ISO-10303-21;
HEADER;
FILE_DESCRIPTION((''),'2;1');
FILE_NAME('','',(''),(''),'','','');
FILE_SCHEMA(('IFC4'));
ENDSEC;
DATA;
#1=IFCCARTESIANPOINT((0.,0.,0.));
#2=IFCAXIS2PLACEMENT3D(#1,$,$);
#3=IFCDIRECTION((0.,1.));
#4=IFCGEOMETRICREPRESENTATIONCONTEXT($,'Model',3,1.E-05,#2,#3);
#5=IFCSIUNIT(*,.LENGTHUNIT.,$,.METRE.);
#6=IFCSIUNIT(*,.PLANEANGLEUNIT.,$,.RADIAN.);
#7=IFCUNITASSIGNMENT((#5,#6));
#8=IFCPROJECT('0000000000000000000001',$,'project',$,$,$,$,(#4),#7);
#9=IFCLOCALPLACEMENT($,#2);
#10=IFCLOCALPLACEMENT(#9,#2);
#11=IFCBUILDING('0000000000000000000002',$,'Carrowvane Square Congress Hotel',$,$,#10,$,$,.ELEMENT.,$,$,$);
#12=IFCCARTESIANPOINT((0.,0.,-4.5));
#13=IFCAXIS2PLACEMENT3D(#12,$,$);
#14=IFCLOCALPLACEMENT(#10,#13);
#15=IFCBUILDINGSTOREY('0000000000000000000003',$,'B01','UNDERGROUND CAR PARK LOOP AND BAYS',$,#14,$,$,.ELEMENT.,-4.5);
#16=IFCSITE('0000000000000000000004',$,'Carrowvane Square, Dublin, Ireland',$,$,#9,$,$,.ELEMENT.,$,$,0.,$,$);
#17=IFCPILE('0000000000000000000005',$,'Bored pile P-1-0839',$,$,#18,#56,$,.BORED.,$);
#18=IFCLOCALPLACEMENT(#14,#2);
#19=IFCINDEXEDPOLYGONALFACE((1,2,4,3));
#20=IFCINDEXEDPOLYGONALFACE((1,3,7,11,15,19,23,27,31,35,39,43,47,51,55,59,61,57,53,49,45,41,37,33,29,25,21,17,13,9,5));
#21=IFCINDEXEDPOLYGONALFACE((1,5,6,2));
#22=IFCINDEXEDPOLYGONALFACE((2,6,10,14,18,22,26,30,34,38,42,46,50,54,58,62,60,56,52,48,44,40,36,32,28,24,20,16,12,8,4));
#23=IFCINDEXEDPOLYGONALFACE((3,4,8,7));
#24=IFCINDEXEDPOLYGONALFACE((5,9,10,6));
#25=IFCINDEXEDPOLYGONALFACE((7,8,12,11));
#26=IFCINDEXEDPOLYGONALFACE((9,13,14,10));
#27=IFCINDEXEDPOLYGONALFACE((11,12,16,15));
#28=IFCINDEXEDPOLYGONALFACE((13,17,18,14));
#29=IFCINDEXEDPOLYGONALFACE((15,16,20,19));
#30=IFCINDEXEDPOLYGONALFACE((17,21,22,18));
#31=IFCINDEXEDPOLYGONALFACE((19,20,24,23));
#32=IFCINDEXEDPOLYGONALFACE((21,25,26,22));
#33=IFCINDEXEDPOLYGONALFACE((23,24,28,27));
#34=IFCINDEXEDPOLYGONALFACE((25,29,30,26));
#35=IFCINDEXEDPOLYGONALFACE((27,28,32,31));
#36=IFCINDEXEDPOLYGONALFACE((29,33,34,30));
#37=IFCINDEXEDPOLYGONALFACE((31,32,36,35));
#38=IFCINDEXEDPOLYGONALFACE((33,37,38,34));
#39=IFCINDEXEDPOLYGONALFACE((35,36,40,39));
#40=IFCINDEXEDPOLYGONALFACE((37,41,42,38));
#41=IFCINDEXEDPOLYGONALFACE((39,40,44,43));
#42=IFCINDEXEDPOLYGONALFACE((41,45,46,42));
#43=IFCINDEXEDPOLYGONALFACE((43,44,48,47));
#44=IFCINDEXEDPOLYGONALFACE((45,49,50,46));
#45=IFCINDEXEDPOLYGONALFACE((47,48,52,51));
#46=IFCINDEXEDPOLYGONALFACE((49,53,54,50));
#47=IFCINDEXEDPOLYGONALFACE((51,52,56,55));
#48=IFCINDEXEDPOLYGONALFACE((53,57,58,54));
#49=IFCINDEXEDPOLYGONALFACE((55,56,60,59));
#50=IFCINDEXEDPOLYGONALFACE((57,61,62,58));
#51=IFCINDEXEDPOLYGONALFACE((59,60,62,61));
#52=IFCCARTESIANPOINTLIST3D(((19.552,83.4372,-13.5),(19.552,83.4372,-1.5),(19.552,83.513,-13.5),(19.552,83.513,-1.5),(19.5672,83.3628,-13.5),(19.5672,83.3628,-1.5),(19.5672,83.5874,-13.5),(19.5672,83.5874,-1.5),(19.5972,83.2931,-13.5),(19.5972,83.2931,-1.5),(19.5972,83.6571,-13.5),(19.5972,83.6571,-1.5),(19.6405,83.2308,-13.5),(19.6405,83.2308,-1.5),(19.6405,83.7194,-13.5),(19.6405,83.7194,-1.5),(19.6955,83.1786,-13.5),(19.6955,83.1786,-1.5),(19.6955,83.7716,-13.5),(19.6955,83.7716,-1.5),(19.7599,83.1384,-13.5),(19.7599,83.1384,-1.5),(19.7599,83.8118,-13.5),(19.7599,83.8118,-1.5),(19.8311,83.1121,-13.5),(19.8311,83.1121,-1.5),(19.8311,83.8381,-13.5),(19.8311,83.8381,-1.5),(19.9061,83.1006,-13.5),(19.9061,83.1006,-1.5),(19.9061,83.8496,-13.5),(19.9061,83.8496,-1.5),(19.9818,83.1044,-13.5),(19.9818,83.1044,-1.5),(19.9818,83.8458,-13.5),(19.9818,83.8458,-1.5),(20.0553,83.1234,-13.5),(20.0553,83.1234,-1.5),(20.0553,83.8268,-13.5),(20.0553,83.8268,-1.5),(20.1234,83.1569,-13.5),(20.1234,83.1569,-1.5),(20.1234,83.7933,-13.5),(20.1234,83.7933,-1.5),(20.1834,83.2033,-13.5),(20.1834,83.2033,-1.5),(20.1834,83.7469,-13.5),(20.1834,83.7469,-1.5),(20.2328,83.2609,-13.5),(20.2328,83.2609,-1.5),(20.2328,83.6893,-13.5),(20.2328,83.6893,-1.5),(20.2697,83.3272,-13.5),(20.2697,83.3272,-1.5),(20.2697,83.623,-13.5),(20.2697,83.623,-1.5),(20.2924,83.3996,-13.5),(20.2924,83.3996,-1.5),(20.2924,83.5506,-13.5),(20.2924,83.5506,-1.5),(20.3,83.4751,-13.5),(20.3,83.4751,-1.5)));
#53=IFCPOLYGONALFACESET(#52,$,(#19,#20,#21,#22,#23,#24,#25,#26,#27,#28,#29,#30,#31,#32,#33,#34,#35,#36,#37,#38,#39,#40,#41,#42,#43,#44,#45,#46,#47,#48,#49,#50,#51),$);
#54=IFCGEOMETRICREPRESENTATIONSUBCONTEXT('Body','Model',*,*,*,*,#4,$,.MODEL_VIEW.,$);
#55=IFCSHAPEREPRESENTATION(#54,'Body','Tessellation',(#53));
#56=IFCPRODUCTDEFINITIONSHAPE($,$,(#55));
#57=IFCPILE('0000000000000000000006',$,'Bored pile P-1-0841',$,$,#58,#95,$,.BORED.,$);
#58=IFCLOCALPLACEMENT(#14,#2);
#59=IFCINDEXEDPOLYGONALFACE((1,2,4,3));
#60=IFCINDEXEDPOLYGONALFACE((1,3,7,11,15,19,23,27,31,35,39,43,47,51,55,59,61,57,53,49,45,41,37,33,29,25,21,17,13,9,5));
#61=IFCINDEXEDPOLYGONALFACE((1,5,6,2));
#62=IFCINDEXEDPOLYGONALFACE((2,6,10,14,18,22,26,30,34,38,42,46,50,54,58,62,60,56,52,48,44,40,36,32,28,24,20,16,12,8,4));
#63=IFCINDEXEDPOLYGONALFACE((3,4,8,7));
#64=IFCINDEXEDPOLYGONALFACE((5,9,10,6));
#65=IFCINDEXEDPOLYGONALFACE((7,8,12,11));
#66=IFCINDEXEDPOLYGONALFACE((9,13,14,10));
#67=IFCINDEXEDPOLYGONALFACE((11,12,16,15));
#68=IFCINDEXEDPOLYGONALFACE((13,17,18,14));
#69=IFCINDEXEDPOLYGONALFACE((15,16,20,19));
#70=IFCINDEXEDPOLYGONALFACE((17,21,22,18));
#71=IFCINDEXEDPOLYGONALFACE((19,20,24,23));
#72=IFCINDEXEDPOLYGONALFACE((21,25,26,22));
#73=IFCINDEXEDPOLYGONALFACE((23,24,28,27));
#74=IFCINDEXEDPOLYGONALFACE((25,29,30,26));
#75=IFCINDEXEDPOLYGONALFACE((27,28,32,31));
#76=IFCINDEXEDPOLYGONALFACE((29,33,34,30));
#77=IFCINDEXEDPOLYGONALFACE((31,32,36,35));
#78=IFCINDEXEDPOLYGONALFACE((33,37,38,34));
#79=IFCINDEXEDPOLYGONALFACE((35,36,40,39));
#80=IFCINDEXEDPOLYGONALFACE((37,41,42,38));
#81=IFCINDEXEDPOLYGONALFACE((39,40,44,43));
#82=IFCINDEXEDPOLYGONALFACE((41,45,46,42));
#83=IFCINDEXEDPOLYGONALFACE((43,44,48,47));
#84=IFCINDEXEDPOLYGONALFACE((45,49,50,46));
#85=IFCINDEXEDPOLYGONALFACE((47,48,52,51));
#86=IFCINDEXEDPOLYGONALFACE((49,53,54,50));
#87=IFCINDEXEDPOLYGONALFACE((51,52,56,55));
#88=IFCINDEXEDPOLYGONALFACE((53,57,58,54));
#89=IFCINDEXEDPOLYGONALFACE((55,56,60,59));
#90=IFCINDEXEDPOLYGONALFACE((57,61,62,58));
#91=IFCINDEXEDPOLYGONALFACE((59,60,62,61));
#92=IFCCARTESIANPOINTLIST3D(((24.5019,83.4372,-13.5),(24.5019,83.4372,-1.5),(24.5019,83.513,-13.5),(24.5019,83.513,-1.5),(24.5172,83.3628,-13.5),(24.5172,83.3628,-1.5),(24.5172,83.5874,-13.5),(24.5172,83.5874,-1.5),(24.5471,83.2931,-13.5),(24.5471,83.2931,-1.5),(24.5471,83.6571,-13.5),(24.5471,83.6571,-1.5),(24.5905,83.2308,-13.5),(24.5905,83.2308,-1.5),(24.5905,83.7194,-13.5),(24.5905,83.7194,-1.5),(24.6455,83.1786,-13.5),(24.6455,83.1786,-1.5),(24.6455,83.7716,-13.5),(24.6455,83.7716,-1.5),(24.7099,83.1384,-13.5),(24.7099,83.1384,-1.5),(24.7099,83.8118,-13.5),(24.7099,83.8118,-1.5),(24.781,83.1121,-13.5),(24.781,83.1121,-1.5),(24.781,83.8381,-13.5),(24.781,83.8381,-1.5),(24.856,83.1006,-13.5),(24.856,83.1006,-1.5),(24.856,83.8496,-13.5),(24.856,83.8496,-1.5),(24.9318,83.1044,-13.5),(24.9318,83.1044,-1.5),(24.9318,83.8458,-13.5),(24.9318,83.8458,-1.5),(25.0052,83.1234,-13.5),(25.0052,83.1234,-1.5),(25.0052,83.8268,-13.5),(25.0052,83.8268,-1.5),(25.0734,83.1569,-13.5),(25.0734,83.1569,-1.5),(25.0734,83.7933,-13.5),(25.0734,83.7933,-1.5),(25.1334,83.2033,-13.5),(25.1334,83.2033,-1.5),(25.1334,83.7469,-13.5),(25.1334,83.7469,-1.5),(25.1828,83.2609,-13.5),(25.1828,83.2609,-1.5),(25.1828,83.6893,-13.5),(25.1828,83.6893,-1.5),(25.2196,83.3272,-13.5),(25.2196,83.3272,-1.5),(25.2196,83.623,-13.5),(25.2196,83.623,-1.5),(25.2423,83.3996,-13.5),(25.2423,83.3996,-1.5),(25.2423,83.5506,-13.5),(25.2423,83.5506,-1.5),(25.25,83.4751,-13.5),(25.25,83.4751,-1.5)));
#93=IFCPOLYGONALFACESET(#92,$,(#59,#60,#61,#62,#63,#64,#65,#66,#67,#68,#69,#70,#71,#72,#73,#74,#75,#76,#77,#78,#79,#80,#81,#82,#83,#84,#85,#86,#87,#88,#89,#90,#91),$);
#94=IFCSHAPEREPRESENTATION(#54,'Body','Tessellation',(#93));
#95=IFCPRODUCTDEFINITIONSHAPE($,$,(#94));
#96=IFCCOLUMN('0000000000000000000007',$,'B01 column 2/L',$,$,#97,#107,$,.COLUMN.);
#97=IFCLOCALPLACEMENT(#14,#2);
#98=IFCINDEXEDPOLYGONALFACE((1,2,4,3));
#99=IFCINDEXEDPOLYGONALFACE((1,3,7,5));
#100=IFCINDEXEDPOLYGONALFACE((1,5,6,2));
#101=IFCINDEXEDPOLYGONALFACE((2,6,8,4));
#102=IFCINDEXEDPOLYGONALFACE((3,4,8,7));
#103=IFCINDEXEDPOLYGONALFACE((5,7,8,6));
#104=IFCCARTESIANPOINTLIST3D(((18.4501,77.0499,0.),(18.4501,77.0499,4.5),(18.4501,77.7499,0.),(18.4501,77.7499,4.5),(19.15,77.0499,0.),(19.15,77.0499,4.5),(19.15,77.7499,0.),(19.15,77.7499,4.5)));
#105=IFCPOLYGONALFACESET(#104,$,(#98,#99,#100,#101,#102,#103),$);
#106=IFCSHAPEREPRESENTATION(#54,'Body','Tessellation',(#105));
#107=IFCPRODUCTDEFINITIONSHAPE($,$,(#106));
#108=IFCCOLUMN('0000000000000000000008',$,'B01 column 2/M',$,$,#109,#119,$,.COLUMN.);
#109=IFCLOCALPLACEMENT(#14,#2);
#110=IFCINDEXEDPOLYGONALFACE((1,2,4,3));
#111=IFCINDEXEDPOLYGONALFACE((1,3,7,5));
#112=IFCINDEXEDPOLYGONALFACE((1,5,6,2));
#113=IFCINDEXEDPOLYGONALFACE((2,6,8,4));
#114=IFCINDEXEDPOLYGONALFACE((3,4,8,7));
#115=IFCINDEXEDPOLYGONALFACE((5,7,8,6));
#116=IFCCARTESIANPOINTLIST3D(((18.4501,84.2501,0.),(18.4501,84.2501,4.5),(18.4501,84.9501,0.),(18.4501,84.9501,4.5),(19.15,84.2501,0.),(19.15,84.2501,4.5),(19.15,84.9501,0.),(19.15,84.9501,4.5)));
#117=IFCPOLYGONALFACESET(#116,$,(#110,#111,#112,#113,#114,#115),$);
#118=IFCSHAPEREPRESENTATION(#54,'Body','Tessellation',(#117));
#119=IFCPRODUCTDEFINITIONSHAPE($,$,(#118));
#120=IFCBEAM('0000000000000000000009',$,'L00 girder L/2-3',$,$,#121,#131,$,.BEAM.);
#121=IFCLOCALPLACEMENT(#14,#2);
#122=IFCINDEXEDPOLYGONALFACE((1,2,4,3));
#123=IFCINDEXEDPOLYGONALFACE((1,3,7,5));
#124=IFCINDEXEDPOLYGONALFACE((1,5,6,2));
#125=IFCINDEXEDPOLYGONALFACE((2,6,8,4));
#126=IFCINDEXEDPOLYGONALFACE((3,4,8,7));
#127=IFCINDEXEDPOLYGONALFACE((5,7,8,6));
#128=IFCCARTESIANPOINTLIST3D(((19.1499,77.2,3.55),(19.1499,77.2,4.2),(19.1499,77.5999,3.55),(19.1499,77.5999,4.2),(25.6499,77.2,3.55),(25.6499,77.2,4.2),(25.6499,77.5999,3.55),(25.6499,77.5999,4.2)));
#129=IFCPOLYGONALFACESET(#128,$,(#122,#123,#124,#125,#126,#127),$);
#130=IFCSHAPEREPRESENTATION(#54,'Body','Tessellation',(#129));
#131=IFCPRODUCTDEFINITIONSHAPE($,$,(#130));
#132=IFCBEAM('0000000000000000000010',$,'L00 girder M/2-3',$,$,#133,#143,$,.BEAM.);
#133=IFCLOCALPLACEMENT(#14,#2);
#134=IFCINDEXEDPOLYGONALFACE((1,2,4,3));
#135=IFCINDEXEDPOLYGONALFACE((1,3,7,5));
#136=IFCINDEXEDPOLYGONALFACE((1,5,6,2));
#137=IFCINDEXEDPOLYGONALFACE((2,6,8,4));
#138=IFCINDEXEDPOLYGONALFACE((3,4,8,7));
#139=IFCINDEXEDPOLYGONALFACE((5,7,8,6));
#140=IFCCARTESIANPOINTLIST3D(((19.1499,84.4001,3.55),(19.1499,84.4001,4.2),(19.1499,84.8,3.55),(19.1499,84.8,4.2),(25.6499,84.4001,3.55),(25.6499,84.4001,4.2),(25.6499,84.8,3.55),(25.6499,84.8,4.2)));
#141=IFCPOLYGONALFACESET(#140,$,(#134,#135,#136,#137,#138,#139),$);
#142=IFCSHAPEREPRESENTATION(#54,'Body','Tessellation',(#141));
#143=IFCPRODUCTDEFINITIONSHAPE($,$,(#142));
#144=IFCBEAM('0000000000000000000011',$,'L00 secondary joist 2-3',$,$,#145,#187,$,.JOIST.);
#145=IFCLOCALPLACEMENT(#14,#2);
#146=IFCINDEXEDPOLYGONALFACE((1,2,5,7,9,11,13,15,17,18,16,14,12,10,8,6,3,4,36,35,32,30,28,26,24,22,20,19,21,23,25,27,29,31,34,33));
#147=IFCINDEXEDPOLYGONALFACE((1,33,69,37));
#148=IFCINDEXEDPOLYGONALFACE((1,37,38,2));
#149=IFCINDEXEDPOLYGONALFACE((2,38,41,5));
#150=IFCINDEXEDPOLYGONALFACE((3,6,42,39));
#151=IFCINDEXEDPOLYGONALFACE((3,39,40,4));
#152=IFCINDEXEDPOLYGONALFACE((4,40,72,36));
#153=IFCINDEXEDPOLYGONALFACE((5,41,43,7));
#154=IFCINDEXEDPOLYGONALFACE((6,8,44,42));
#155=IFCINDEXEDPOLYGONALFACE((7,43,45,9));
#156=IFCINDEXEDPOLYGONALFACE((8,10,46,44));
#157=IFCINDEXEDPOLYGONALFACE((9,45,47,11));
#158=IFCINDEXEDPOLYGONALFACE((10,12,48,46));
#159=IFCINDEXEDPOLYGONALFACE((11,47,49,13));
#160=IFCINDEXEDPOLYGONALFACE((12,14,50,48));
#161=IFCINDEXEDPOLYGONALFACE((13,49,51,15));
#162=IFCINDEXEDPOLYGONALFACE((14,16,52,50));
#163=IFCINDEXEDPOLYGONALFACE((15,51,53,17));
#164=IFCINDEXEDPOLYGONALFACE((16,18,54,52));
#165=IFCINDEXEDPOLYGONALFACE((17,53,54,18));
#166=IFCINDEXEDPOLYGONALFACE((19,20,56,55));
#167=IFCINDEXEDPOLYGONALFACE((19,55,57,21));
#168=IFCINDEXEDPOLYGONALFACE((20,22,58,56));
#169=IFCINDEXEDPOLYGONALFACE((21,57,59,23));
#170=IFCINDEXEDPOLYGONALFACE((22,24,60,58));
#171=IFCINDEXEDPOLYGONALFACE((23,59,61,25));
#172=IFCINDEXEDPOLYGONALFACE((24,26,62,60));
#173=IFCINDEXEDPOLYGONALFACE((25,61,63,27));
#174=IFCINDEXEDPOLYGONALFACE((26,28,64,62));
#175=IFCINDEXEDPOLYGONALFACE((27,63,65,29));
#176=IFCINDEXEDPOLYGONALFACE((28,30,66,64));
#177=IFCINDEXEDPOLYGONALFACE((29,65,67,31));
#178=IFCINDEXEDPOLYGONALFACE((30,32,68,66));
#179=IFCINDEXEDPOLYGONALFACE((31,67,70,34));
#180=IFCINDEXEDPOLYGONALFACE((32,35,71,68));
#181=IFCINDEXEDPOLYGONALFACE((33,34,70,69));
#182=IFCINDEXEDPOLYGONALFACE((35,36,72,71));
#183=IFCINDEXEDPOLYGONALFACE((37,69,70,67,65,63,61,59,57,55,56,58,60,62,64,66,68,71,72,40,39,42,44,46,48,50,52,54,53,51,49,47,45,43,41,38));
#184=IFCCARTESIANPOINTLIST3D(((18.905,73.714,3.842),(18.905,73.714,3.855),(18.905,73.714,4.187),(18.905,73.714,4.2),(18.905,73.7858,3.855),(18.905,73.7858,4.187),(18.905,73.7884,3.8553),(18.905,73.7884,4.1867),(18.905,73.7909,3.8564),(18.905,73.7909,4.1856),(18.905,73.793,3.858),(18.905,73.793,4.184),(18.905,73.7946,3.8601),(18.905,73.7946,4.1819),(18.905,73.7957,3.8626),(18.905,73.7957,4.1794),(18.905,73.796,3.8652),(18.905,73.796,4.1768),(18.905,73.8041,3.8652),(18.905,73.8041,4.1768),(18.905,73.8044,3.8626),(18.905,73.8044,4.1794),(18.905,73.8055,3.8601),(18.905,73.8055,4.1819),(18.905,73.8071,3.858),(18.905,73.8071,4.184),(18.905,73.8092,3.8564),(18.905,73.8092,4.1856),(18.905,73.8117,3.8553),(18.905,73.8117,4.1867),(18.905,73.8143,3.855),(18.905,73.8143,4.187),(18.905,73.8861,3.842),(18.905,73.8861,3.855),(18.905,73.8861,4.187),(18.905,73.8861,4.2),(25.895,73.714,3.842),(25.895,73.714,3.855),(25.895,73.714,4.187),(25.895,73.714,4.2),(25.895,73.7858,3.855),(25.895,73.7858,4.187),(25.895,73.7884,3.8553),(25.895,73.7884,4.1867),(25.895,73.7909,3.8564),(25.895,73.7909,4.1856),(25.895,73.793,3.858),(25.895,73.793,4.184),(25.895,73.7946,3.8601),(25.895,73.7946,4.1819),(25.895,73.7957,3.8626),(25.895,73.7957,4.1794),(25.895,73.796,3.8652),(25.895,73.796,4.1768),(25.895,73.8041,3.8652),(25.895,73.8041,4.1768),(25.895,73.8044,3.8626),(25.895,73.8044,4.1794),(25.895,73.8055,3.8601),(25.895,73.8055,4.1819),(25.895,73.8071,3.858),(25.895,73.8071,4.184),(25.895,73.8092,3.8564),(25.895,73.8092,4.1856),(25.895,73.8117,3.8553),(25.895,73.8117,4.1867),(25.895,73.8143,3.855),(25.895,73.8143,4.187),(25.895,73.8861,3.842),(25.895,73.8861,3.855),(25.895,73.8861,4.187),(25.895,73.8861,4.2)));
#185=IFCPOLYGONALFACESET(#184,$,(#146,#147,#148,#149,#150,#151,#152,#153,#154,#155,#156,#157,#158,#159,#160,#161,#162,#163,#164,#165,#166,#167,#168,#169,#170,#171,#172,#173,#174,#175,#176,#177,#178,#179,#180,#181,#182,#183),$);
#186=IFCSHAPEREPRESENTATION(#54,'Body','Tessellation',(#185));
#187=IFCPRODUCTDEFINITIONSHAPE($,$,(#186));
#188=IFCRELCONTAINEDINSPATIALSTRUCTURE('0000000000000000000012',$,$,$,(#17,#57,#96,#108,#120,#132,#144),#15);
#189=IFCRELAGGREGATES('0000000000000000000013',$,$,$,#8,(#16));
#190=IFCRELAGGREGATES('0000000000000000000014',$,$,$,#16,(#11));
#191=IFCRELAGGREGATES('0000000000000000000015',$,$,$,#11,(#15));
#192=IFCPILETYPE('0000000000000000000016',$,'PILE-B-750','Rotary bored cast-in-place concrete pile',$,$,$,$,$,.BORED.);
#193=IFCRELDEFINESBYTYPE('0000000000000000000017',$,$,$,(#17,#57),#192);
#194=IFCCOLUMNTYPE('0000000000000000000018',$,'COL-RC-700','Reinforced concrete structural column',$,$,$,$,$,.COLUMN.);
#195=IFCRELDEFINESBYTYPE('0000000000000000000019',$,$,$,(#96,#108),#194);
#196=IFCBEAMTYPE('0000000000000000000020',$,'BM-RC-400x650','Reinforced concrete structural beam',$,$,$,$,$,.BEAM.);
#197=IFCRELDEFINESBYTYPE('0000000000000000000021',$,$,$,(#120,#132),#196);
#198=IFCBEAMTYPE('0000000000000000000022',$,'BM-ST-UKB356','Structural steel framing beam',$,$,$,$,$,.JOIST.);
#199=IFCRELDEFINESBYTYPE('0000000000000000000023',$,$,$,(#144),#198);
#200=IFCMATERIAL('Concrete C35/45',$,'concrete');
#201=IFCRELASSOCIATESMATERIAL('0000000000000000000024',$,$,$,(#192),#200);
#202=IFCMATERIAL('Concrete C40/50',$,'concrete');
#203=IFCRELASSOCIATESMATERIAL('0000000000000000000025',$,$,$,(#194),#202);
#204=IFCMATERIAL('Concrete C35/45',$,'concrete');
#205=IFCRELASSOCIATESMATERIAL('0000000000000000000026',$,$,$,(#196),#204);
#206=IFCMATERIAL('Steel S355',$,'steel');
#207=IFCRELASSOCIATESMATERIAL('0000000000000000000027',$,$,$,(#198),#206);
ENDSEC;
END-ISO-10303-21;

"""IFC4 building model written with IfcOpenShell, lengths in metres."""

from ifc_helpers import new_model, si_unit, direction, frame, origin, origin_2d, place, context, subcontext, project, spatial, rectangle, circle, i_section, extrude, material, material_profile, profile_set, type_object, element, save


model = new_model("IFC4")

# Units and contexts
model_context = context("Model", 3, precision=1e-05, world=origin(), true_north=direction((0.0, 1.0)))
body_context = subcontext(model_context, "Body", "Model", "MODEL_VIEW")
ifc_project = project(units=[si_unit("LENGTHUNIT", "METRE"), si_unit("PLANEANGLEUNIT", "RADIAN")], contexts=[model_context])

# Site, building, storey
site_placement = place(None, origin())
site = spatial("IfcSite", under=ifc_project, at=site_placement, Name="Carrowvane Square, Dublin, Ireland", CompositionType="ELEMENT", RefElevation=0.0)
building_placement = place(site_placement, origin())
building = spatial("IfcBuilding", under=site, at=building_placement, Name="Carrowvane Square Congress Hotel", CompositionType="ELEMENT")
storey_placement = place(building_placement, frame((0.0, 0.0, -4.5)))
storey = spatial("IfcBuildingStorey", under=building, at=storey_placement, Name="B01", Description="UNDERGROUND CAR PARK LOOP AND BAYS", CompositionType="ELEMENT", Elevation=-4.5)

# Piles
ifc_material_1 = material(Name="Concrete C35/45", Category="concrete")
ifc_material_profile_1 = material_profile(ifc_material_1, circle(Radius=0.375, at=origin_2d()), Name="PILE D750")
ifc_profile_set_1 = profile_set([ifc_material_profile_1], Name="Concrete C35/45")
pile_type = type_object("IfcPileType", Name="PILE-B-750", Description="Rotary bored cast-in-place concrete pile", PredefinedType="BORED", material=ifc_profile_set_1)
for number, where, z_axis, x_axis, name in (
    (1, (19.925, 83.4751, -1.5), (0.0, 0.0, -1.0), (1.0, 0.0, 0.0), "Bored pile P-1-0839"),
    (2, (24.875, 83.4751, -1.5), (0.0, 0.0, -1.0), (1.0, 0.0, 0.0), "Bored pile P-1-0841"),
):
    element("IfcPile", number, at=place(storey_placement, frame(where, z_axis=z_axis, x_axis=x_axis)), inside=storey, type_object=pile_type, Name=name, PredefinedType="BORED", context=body_context, shape_type="SweptSolid", body=[
        extrude(circle(Radius=0.375, at=origin_2d()), origin(), (0.0, 0.0, 1.0), 12.0),
    ])

# Columns
ifc_material_2 = material(Name="Concrete C40/50", Category="concrete")
ifc_material_profile_2 = material_profile(ifc_material_2, rectangle(XDim=0.7, YDim=0.7, at=origin_2d()), Name="RC 700x700")
ifc_profile_set_2 = profile_set([ifc_material_profile_2], Name="Concrete C40/50")
column_type = type_object("IfcColumnType", Name="COL-RC-700", Description="Reinforced concrete structural column", PredefinedType="COLUMN", material=ifc_profile_set_2)
for number, where, z_axis, x_axis, name in (
    (3, (18.8, 77.3999, 0.0), (0.0, 0.0, 1.0), (1.0, 0.0, 0.0), "B01 column 2/L"),
    (4, (18.8, 84.6001, 0.0), (0.0, 0.0, 1.0), (1.0, 0.0, 0.0), "B01 column 2/M"),
):
    element("IfcColumn", number, at=place(storey_placement, frame(where, z_axis=z_axis, x_axis=x_axis)), inside=storey, type_object=column_type, Name=name, PredefinedType="COLUMN", context=body_context, shape_type="SweptSolid", body=[
        extrude(rectangle(XDim=0.7, YDim=0.7, at=origin_2d()), origin(), (0.0, 0.0, 1.0), 4.5),
    ])

# Beams
ifc_material_3 = material(Name="Concrete C35/45", Category="concrete")
ifc_material_profile_3 = material_profile(ifc_material_3, rectangle(XDim=0.3999, YDim=0.6499, at=origin_2d()), Name="RC 400x650")
ifc_profile_set_3 = profile_set([ifc_material_profile_3], Name="Concrete C35/45")
beam_type_1 = type_object("IfcBeamType", Name="BM-RC-400x650", Description="Reinforced concrete structural beam", PredefinedType="BEAM", material=ifc_profile_set_3)
for number, where, z_axis, x_axis, name in (
    (5, (19.1499, 77.3999, 3.875), (1.0, 0.0, 0.0), (0.0, 1.0, 0.0), "L00 girder L/2-3"),
    (6, (19.1499, 84.6001, 3.875), (1.0, 0.0, 0.0), (0.0, 1.0, 0.0), "L00 girder M/2-3"),
):
    element("IfcBeam", number, at=place(storey_placement, frame(where, z_axis=z_axis, x_axis=x_axis)), inside=storey, type_object=beam_type_1, Name=name, PredefinedType="BEAM", context=body_context, shape_type="SweptSolid", body=[
        extrude(rectangle(XDim=0.3999, YDim=0.6499, at=origin_2d()), origin(), (0.0, 0.0, 1.0), 6.5),
    ])
ifc_material_4 = material(Name="Steel S355", Category="steel")
ifc_material_profile_4 = material_profile(ifc_material_4, i_section(OverallWidth=0.1721, OverallDepth=0.3579, WebThickness=0.0081, FlangeThickness=0.0129, FilletRadius=0.0103, at=origin_2d()), Name="UKB 356x171x57")
ifc_profile_set_4 = profile_set([ifc_material_profile_4], Name="Steel S355")
beam_type_2 = type_object("IfcBeamType", Name="BM-ST-UKB356", Description="Structural steel framing beam", PredefinedType="JOIST", material=ifc_profile_set_4)
for number, where, z_axis, x_axis, name in (
    (7, (18.905, 73.8, 4.021), (1.0, 0.0, 0.0), (0.0, 1.0, 0.0), "L00 secondary joist 2-3"),
):
    element("IfcBeam", number, at=place(storey_placement, frame(where, z_axis=z_axis, x_axis=x_axis)), inside=storey, type_object=beam_type_2, Name=name, PredefinedType="JOIST", context=body_context, shape_type="SweptSolid", body=[
        extrude(i_section(OverallWidth=0.1721, OverallDepth=0.3579, WebThickness=0.0081, FlangeThickness=0.0129, FilletRadius=0.0103, at=origin_2d()), origin(), (0.0, 0.0, 1.0), 6.99),
    ])

save(model, "model.ifc")
